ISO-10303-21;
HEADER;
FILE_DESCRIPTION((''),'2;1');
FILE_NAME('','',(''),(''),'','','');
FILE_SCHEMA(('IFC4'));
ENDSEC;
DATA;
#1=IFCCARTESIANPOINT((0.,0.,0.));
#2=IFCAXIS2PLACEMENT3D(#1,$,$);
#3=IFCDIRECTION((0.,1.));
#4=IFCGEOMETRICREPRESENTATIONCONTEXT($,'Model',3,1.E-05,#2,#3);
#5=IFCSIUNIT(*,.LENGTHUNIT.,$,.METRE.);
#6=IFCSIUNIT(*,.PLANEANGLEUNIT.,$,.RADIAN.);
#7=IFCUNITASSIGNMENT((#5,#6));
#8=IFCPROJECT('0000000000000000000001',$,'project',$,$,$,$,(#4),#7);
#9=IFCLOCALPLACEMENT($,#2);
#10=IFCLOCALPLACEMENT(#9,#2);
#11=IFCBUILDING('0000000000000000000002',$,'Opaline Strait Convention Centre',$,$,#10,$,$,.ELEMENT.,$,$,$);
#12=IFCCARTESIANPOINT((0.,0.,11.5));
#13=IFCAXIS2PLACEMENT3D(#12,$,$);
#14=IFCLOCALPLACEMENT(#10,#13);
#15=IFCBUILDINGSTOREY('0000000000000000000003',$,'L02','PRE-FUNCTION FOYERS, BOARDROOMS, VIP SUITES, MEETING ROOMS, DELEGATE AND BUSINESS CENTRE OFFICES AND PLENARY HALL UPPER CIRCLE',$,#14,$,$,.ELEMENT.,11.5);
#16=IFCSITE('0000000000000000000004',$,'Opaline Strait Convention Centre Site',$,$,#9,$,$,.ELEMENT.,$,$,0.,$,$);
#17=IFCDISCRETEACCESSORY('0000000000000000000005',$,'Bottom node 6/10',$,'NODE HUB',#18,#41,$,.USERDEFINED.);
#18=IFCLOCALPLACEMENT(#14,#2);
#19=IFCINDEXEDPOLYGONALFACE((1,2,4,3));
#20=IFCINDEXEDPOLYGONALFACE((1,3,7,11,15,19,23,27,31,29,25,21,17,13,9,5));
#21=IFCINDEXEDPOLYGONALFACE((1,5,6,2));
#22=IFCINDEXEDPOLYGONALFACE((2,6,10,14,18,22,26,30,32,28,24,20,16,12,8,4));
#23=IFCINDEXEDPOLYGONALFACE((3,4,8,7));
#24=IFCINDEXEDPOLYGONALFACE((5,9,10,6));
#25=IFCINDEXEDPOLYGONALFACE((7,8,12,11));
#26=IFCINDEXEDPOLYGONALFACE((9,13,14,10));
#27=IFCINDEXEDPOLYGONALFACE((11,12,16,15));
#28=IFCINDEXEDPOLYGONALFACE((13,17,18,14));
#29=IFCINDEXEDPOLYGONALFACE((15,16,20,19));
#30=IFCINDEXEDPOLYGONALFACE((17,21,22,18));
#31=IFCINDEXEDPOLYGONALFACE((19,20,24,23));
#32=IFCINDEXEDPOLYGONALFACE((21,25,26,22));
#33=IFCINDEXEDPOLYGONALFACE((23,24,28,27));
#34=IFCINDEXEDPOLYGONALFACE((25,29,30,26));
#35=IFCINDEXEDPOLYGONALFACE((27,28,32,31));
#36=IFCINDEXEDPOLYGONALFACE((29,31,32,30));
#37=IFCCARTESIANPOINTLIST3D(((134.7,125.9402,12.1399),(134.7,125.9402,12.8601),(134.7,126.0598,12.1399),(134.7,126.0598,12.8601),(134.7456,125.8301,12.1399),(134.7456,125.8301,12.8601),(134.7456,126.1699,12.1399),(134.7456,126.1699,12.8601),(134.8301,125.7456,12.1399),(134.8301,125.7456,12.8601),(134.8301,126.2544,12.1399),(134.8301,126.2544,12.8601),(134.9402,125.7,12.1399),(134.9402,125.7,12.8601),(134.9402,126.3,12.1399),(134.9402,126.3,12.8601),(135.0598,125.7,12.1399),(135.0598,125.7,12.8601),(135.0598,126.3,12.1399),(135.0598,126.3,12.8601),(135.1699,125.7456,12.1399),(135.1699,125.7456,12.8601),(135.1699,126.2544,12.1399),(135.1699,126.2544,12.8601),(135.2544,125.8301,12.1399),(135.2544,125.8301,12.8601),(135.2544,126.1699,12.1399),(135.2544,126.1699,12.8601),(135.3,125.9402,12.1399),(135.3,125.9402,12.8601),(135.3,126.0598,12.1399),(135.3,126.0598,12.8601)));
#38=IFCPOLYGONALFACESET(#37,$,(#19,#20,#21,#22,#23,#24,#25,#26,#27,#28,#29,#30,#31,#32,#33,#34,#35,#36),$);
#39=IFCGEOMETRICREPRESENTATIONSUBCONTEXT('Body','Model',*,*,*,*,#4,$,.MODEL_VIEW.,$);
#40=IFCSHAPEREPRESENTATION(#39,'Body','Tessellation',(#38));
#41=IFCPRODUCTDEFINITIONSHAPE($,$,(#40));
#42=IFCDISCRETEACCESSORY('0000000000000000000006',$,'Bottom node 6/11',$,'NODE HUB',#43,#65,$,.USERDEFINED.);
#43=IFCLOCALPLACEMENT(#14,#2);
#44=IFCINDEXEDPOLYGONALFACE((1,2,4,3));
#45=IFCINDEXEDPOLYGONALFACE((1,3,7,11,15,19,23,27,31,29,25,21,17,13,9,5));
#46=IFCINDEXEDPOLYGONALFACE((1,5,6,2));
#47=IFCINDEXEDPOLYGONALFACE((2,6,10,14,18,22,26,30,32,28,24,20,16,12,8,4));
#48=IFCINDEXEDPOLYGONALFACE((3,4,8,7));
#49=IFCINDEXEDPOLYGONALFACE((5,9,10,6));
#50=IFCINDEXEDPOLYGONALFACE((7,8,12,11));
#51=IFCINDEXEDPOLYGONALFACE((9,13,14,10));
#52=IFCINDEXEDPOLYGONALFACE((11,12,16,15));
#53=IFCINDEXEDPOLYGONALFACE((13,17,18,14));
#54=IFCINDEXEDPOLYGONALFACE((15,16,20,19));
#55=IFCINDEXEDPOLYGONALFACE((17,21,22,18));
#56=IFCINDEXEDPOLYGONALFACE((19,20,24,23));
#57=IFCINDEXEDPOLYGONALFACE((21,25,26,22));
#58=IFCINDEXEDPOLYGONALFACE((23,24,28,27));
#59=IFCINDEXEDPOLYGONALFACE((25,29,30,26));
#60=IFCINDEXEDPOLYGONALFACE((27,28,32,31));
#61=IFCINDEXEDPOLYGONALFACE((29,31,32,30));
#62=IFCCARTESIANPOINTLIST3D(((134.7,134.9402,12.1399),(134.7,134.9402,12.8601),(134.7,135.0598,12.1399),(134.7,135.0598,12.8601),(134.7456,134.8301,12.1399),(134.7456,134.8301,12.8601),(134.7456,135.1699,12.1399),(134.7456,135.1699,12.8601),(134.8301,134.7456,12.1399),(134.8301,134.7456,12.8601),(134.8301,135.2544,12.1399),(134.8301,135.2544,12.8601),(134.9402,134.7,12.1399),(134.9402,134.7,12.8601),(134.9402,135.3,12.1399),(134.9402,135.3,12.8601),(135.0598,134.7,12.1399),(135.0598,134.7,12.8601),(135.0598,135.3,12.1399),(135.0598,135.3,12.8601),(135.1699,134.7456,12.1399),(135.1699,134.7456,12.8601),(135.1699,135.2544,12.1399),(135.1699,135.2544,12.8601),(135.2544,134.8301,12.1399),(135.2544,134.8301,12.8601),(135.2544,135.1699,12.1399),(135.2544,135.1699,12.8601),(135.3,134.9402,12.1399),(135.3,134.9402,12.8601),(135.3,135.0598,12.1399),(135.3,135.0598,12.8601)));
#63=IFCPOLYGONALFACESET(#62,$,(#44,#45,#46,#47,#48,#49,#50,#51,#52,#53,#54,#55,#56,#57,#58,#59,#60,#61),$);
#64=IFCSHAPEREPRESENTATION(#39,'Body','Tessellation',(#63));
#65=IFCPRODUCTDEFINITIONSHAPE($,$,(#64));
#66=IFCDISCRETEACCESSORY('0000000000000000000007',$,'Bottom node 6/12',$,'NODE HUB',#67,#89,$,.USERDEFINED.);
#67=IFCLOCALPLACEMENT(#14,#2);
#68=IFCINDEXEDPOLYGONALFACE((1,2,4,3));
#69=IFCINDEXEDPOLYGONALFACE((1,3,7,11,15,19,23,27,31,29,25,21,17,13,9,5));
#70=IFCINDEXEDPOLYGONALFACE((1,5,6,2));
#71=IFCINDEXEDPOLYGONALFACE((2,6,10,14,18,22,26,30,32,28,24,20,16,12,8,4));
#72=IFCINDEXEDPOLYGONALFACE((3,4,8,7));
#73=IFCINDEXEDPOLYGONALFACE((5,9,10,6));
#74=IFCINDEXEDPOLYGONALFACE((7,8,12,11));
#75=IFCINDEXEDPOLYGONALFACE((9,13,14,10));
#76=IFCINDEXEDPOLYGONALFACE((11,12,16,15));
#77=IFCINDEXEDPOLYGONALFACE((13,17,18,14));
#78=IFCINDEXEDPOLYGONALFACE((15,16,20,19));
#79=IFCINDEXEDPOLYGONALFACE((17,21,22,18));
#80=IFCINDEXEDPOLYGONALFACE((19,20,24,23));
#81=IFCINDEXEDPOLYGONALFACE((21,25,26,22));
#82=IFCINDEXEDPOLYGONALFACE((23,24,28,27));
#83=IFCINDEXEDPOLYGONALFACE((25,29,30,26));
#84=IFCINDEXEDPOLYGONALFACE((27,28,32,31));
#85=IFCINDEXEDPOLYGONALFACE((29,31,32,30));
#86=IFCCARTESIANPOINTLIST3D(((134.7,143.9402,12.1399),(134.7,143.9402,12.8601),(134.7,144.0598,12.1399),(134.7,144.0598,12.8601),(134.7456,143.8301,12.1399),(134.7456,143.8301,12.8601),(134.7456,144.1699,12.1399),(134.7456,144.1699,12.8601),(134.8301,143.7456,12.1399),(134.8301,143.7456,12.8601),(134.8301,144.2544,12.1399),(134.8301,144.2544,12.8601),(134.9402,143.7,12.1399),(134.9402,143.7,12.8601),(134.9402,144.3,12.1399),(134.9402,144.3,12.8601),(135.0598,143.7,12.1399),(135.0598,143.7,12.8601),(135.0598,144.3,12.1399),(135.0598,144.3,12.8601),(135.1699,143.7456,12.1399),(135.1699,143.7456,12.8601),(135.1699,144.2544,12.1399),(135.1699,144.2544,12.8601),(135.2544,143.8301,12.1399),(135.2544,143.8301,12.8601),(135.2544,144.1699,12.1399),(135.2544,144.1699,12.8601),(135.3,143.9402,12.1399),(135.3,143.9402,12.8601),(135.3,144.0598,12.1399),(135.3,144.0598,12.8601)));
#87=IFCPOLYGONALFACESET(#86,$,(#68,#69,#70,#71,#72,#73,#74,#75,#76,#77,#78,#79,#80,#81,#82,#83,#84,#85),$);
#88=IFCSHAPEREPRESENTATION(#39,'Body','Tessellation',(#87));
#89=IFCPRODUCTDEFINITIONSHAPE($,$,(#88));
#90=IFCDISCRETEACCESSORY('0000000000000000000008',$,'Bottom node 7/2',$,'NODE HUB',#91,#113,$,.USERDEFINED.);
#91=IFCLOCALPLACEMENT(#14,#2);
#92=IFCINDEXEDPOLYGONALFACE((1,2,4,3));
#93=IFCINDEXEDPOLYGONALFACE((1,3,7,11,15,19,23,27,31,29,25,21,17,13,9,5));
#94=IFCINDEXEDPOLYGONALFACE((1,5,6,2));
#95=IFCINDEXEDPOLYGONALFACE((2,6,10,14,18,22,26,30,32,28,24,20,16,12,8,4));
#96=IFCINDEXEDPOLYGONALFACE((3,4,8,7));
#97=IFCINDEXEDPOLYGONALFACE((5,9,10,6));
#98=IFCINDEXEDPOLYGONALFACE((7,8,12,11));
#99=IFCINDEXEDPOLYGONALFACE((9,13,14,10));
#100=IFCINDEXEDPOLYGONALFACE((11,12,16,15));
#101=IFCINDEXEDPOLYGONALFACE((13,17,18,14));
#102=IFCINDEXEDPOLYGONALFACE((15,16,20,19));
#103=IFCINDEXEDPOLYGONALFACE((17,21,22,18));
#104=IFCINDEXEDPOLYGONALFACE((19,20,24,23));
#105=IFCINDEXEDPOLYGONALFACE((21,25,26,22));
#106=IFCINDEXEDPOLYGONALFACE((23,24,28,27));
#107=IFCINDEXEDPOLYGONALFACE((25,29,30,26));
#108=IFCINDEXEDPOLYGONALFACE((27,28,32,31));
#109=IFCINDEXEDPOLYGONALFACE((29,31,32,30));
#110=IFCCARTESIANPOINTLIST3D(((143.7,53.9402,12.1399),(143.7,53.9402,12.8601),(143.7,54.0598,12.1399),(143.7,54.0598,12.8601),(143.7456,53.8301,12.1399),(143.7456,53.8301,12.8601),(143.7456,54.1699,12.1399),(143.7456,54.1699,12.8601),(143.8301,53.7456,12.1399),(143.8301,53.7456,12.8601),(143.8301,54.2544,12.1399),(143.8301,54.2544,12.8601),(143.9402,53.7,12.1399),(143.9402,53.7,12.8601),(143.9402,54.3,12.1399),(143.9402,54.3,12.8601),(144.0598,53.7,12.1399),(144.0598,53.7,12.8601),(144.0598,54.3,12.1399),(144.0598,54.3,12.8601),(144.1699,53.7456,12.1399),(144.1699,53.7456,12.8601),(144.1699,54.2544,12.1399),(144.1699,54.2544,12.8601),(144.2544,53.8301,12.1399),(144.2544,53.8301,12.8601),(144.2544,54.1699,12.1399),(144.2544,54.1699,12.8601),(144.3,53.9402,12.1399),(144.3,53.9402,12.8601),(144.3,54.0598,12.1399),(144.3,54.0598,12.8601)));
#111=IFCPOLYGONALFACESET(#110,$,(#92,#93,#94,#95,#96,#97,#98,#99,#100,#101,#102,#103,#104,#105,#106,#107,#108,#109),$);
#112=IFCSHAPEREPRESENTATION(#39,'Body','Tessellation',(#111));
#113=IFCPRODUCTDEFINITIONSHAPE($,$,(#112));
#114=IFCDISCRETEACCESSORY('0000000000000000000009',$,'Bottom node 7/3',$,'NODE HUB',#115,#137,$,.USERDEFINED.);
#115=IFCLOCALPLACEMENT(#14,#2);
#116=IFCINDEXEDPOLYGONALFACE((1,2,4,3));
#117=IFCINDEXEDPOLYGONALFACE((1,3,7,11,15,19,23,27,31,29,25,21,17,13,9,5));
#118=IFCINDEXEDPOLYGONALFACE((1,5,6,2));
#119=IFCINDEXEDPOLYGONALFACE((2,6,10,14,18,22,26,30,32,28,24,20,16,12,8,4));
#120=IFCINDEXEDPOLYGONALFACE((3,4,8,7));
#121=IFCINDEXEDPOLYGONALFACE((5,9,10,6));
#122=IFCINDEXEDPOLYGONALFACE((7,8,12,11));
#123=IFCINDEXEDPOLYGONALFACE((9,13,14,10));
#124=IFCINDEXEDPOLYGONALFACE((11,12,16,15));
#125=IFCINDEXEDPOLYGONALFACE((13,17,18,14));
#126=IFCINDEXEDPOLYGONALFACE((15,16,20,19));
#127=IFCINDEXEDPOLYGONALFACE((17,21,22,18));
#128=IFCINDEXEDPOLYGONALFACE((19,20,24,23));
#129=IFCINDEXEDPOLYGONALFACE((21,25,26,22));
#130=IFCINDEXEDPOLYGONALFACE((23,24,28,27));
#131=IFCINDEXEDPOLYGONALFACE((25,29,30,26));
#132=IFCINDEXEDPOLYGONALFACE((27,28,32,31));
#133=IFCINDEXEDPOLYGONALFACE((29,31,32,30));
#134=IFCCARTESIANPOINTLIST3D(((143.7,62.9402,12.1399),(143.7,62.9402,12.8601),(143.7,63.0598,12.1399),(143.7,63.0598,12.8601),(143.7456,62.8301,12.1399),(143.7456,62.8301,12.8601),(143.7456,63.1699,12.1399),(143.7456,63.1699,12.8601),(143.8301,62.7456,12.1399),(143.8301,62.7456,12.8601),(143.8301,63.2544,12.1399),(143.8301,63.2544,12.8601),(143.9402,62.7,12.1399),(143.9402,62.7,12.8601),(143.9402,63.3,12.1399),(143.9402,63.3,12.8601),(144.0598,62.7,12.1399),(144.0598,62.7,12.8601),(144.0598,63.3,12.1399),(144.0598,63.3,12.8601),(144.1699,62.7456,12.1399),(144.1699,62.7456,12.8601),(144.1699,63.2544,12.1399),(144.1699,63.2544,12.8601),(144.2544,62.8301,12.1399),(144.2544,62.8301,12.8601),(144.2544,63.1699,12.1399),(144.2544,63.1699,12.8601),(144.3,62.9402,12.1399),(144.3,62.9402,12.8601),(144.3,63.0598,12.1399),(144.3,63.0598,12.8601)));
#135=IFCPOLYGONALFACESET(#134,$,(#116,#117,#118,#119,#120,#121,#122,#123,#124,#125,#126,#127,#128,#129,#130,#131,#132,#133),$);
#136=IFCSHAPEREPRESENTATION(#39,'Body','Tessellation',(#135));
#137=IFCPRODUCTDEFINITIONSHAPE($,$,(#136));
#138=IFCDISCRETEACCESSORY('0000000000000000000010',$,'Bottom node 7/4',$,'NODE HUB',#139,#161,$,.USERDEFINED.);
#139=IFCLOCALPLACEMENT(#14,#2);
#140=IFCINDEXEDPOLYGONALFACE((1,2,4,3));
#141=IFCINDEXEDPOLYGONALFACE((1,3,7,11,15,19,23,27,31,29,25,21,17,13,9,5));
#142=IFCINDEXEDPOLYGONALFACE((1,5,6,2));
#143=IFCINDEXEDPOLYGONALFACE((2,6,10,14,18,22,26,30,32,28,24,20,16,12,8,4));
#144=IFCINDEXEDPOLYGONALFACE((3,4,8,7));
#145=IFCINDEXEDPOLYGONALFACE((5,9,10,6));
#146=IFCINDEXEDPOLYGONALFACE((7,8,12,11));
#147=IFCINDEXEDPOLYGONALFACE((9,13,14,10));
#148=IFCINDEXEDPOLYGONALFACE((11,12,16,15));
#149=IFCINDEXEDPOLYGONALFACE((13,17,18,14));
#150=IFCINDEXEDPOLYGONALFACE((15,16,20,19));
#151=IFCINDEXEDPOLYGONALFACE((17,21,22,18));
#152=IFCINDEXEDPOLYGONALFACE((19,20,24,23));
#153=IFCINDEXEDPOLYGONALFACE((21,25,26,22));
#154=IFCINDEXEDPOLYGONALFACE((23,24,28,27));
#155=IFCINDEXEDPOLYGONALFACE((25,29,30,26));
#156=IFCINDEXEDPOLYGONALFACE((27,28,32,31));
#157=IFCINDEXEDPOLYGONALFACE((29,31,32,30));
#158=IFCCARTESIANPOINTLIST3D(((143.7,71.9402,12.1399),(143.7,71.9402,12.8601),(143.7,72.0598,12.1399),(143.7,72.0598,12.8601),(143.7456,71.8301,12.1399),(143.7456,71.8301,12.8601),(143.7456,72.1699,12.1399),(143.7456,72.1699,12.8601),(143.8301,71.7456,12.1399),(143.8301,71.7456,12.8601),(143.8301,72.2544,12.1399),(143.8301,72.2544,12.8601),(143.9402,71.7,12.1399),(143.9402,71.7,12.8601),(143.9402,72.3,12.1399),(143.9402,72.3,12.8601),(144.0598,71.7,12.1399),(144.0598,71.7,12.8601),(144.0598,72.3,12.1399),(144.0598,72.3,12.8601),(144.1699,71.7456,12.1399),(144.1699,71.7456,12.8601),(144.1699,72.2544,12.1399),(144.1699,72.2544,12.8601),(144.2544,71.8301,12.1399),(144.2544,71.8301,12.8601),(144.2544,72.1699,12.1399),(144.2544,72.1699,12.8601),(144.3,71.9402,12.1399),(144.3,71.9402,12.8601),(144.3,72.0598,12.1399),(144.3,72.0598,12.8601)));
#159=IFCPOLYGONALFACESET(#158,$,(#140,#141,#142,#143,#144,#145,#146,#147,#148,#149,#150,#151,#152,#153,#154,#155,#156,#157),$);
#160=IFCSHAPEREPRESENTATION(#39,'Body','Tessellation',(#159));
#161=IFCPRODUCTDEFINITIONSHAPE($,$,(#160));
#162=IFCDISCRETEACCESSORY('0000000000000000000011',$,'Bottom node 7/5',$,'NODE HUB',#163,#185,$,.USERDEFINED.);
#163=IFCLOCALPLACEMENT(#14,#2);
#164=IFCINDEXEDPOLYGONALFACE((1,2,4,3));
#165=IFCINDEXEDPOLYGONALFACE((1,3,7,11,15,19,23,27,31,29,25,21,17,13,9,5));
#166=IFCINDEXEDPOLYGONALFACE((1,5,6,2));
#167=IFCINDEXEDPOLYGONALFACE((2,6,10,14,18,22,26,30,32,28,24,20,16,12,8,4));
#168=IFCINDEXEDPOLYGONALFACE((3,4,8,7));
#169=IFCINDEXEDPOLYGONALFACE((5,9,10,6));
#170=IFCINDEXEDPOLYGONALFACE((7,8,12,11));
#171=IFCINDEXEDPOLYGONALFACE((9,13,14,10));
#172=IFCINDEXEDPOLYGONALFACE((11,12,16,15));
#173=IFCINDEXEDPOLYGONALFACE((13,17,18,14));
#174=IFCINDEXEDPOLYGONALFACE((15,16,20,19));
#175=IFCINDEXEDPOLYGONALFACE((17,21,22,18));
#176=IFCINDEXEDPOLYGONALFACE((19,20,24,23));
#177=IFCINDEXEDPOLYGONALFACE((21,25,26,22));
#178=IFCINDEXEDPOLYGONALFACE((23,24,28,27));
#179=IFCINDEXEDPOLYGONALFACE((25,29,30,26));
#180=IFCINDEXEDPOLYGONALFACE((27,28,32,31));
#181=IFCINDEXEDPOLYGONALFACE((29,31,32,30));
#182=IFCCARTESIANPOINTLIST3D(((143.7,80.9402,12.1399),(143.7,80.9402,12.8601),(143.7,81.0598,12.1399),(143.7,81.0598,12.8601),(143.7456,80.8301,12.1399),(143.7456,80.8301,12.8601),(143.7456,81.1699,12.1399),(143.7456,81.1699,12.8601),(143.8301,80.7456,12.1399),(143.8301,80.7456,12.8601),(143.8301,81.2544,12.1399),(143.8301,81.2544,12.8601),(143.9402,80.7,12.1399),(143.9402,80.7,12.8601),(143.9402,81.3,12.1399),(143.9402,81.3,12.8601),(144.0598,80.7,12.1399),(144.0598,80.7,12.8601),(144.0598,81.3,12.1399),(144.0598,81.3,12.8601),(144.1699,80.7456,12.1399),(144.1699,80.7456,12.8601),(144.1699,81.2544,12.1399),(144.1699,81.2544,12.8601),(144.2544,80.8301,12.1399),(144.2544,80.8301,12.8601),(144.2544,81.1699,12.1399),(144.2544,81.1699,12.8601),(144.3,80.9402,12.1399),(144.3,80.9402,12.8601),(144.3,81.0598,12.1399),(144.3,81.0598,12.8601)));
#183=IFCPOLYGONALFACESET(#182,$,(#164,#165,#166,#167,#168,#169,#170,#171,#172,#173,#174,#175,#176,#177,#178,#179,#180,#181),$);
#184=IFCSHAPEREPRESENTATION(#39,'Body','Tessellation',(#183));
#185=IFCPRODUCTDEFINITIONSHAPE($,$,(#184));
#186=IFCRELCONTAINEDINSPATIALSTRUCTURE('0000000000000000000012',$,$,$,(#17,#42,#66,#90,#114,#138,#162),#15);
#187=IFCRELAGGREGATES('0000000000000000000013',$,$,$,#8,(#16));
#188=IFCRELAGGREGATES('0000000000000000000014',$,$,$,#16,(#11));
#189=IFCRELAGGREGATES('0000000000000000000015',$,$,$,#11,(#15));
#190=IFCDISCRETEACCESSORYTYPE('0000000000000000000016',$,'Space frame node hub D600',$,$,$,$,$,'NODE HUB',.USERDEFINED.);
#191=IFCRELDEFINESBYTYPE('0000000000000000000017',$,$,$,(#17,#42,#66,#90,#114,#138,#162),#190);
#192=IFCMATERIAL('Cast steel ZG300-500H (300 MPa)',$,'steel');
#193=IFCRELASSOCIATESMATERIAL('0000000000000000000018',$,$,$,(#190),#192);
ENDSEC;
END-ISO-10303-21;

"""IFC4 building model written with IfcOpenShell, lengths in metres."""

from ifc_helpers import new_model, si_unit, direction, frame, origin, place, context, subcontext, project, spatial, polyline, outline, extrude, material, type_object, element, save


model = new_model("IFC4")

# Units and contexts
model_context = context("Model", 3, precision=1e-05, world=origin(), true_north=direction((0.0, 1.0)))
body_context = subcontext(model_context, "Body", "Model", "MODEL_VIEW")
ifc_project = project(units=[si_unit("LENGTHUNIT", "METRE"), si_unit("PLANEANGLEUNIT", "RADIAN")], contexts=[model_context])

# Site, building, storey
site_placement = place(None, origin())
site = spatial("IfcSite", under=ifc_project, at=site_placement, Name="Opaline Strait Convention Centre Site", CompositionType="ELEMENT", RefElevation=0.0)
building_placement = place(site_placement, origin())
building = spatial("IfcBuilding", under=site, at=building_placement, Name="Opaline Strait Convention Centre", CompositionType="ELEMENT")
storey_placement = place(building_placement, frame((0.0, 0.0, 11.5)))
storey = spatial("IfcBuildingStorey", under=building, at=storey_placement, Name="L02", Description="PRE-FUNCTION FOYERS, BOARDROOMS, VIP SUITES, MEETING ROOMS, DELEGATE AND BUSINESS CENTRE OFFICES AND PLENARY HALL UPPER CIRCLE", CompositionType="ELEMENT", Elevation=11.5)

# Discrete accessories
ifc_material = material(Name="Cast steel ZG300-500H (300 MPa)", Category="steel")
discrete_accessory_type_1 = type_object("IfcDiscreteAccessoryType", Name="Space frame node hub D600", ElementType="NODE HUB", PredefinedType="USERDEFINED", material=ifc_material)
discrete_accessory_1_placement = place(storey_placement, frame((0.0, 0.0, 12.1399)))
element("IfcDiscreteAccessory", 1, at=discrete_accessory_1_placement, inside=storey, type_object=discrete_accessory_type_1, Name="Bottom node 6/10", ObjectType="NODE HUB", PredefinedType="USERDEFINED", context=body_context, shape_type="SweptSolid", body=[
    extrude(outline(polyline([(135.3, 126.0598), (135.2544, 126.1699), (135.1699, 126.2544), (135.0598, 126.3), (134.9402, 126.3), (134.8301, 126.2544), (134.7456, 126.1699), (134.7, 126.0598), (134.7, 125.9402), (134.7456, 125.8301), (134.8301, 125.7456), (134.9402, 125.7), (135.0598, 125.7), (135.1699, 125.7456), (135.2544, 125.8301), (135.3, 125.9402), (135.3, 126.0598)])), origin(), (0.0, 0.0, 1.0), 0.7202),
])
discrete_accessory_2_placement = place(storey_placement, frame((0.0, 0.0, 12.1399)))
element("IfcDiscreteAccessory", 2, at=discrete_accessory_2_placement, inside=storey, type_object=discrete_accessory_type_1, Name="Bottom node 6/11", ObjectType="NODE HUB", PredefinedType="USERDEFINED", context=body_context, shape_type="SweptSolid", body=[
    extrude(outline(polyline([(135.3, 135.0598), (135.2544, 135.1699), (135.1699, 135.2544), (135.0598, 135.3), (134.9402, 135.3), (134.8301, 135.2544), (134.7456, 135.1699), (134.7, 135.0598), (134.7, 134.9402), (134.7456, 134.8301), (134.8301, 134.7456), (134.9402, 134.7), (135.0598, 134.7), (135.1699, 134.7456), (135.2544, 134.8301), (135.3, 134.9402), (135.3, 135.0598)])), origin(), (0.0, 0.0, 1.0), 0.7202),
])
discrete_accessory_3_placement = place(storey_placement, frame((0.0, 0.0, 12.1399)))
element("IfcDiscreteAccessory", 3, at=discrete_accessory_3_placement, inside=storey, type_object=discrete_accessory_type_1, Name="Bottom node 6/12", ObjectType="NODE HUB", PredefinedType="USERDEFINED", context=body_context, shape_type="SweptSolid", body=[
    extrude(outline(polyline([(135.3, 144.0598), (135.2544, 144.1699), (135.1699, 144.2544), (135.0598, 144.3), (134.9402, 144.3), (134.8301, 144.2544), (134.7456, 144.1699), (134.7, 144.0598), (134.7, 143.9402), (134.7456, 143.8301), (134.8301, 143.7456), (134.9402, 143.7), (135.0598, 143.7), (135.1699, 143.7456), (135.2544, 143.8301), (135.3, 143.9402), (135.3, 144.0598)])), origin(), (0.0, 0.0, 1.0), 0.7202),
])
discrete_accessory_4_placement = place(storey_placement, frame((0.0, 0.0, 12.1399)))
element("IfcDiscreteAccessory", 4, at=discrete_accessory_4_placement, inside=storey, type_object=discrete_accessory_type_1, Name="Bottom node 7/2", ObjectType="NODE HUB", PredefinedType="USERDEFINED", context=body_context, shape_type="SweptSolid", body=[
    extrude(outline(polyline([(144.3, 54.0598), (144.2544, 54.1699), (144.1699, 54.2544), (144.0598, 54.3), (143.9402, 54.3), (143.8301, 54.2544), (143.7456, 54.1699), (143.7, 54.0598), (143.7, 53.9402), (143.7456, 53.8301), (143.8301, 53.7456), (143.9402, 53.7), (144.0598, 53.7), (144.1699, 53.7456), (144.2544, 53.8301), (144.3, 53.9402), (144.3, 54.0598)])), origin(), (0.0, 0.0, 1.0), 0.7202),
])
discrete_accessory_5_placement = place(storey_placement, frame((0.0, 0.0, 12.1399)))
element("IfcDiscreteAccessory", 5, at=discrete_accessory_5_placement, inside=storey, type_object=discrete_accessory_type_1, Name="Bottom node 7/3", ObjectType="NODE HUB", PredefinedType="USERDEFINED", context=body_context, shape_type="SweptSolid", body=[
    extrude(outline(polyline([(144.3, 63.0598), (144.2544, 63.1699), (144.1699, 63.2544), (144.0598, 63.3), (143.9402, 63.3), (143.8301, 63.2544), (143.7456, 63.1699), (143.7, 63.0598), (143.7, 62.9402), (143.7456, 62.8301), (143.8301, 62.7456), (143.9402, 62.7), (144.0598, 62.7), (144.1699, 62.7456), (144.2544, 62.8301), (144.3, 62.9402), (144.3, 63.0598)])), origin(), (0.0, 0.0, 1.0), 0.7202),
])
discrete_accessory_6_placement = place(storey_placement, frame((0.0, 0.0, 12.1399)))
element("IfcDiscreteAccessory", 6, at=discrete_accessory_6_placement, inside=storey, type_object=discrete_accessory_type_1, Name="Bottom node 7/4", ObjectType="NODE HUB", PredefinedType="USERDEFINED", context=body_context, shape_type="SweptSolid", body=[
    extrude(outline(polyline([(144.3, 72.0598), (144.2544, 72.1699), (144.1699, 72.2544), (144.0598, 72.3), (143.9402, 72.3), (143.8301, 72.2544), (143.7456, 72.1699), (143.7, 72.0598), (143.7, 71.9402), (143.7456, 71.8301), (143.8301, 71.7456), (143.9402, 71.7), (144.0598, 71.7), (144.1699, 71.7456), (144.2544, 71.8301), (144.3, 71.9402), (144.3, 72.0598)])), origin(), (0.0, 0.0, 1.0), 0.7202),
])
discrete_accessory_7_placement = place(storey_placement, frame((0.0, 0.0, 12.1399)))
element("IfcDiscreteAccessory", 7, at=discrete_accessory_7_placement, inside=storey, type_object=discrete_accessory_type_1, Name="Bottom node 7/5", ObjectType="NODE HUB", PredefinedType="USERDEFINED", context=body_context, shape_type="SweptSolid", body=[
    extrude(outline(polyline([(144.3, 81.0598), (144.2544, 81.1699), (144.1699, 81.2544), (144.0598, 81.3), (143.9402, 81.3), (143.8301, 81.2544), (143.7456, 81.1699), (143.7, 81.0598), (143.7, 80.9402), (143.7456, 80.8301), (143.8301, 80.7456), (143.9402, 80.7), (144.0598, 80.7), (144.1699, 80.7456), (144.2544, 80.8301), (144.3, 80.9402), (144.3, 81.0598)])), origin(), (0.0, 0.0, 1.0), 0.7202),
])

save(model, "model.ifc")
